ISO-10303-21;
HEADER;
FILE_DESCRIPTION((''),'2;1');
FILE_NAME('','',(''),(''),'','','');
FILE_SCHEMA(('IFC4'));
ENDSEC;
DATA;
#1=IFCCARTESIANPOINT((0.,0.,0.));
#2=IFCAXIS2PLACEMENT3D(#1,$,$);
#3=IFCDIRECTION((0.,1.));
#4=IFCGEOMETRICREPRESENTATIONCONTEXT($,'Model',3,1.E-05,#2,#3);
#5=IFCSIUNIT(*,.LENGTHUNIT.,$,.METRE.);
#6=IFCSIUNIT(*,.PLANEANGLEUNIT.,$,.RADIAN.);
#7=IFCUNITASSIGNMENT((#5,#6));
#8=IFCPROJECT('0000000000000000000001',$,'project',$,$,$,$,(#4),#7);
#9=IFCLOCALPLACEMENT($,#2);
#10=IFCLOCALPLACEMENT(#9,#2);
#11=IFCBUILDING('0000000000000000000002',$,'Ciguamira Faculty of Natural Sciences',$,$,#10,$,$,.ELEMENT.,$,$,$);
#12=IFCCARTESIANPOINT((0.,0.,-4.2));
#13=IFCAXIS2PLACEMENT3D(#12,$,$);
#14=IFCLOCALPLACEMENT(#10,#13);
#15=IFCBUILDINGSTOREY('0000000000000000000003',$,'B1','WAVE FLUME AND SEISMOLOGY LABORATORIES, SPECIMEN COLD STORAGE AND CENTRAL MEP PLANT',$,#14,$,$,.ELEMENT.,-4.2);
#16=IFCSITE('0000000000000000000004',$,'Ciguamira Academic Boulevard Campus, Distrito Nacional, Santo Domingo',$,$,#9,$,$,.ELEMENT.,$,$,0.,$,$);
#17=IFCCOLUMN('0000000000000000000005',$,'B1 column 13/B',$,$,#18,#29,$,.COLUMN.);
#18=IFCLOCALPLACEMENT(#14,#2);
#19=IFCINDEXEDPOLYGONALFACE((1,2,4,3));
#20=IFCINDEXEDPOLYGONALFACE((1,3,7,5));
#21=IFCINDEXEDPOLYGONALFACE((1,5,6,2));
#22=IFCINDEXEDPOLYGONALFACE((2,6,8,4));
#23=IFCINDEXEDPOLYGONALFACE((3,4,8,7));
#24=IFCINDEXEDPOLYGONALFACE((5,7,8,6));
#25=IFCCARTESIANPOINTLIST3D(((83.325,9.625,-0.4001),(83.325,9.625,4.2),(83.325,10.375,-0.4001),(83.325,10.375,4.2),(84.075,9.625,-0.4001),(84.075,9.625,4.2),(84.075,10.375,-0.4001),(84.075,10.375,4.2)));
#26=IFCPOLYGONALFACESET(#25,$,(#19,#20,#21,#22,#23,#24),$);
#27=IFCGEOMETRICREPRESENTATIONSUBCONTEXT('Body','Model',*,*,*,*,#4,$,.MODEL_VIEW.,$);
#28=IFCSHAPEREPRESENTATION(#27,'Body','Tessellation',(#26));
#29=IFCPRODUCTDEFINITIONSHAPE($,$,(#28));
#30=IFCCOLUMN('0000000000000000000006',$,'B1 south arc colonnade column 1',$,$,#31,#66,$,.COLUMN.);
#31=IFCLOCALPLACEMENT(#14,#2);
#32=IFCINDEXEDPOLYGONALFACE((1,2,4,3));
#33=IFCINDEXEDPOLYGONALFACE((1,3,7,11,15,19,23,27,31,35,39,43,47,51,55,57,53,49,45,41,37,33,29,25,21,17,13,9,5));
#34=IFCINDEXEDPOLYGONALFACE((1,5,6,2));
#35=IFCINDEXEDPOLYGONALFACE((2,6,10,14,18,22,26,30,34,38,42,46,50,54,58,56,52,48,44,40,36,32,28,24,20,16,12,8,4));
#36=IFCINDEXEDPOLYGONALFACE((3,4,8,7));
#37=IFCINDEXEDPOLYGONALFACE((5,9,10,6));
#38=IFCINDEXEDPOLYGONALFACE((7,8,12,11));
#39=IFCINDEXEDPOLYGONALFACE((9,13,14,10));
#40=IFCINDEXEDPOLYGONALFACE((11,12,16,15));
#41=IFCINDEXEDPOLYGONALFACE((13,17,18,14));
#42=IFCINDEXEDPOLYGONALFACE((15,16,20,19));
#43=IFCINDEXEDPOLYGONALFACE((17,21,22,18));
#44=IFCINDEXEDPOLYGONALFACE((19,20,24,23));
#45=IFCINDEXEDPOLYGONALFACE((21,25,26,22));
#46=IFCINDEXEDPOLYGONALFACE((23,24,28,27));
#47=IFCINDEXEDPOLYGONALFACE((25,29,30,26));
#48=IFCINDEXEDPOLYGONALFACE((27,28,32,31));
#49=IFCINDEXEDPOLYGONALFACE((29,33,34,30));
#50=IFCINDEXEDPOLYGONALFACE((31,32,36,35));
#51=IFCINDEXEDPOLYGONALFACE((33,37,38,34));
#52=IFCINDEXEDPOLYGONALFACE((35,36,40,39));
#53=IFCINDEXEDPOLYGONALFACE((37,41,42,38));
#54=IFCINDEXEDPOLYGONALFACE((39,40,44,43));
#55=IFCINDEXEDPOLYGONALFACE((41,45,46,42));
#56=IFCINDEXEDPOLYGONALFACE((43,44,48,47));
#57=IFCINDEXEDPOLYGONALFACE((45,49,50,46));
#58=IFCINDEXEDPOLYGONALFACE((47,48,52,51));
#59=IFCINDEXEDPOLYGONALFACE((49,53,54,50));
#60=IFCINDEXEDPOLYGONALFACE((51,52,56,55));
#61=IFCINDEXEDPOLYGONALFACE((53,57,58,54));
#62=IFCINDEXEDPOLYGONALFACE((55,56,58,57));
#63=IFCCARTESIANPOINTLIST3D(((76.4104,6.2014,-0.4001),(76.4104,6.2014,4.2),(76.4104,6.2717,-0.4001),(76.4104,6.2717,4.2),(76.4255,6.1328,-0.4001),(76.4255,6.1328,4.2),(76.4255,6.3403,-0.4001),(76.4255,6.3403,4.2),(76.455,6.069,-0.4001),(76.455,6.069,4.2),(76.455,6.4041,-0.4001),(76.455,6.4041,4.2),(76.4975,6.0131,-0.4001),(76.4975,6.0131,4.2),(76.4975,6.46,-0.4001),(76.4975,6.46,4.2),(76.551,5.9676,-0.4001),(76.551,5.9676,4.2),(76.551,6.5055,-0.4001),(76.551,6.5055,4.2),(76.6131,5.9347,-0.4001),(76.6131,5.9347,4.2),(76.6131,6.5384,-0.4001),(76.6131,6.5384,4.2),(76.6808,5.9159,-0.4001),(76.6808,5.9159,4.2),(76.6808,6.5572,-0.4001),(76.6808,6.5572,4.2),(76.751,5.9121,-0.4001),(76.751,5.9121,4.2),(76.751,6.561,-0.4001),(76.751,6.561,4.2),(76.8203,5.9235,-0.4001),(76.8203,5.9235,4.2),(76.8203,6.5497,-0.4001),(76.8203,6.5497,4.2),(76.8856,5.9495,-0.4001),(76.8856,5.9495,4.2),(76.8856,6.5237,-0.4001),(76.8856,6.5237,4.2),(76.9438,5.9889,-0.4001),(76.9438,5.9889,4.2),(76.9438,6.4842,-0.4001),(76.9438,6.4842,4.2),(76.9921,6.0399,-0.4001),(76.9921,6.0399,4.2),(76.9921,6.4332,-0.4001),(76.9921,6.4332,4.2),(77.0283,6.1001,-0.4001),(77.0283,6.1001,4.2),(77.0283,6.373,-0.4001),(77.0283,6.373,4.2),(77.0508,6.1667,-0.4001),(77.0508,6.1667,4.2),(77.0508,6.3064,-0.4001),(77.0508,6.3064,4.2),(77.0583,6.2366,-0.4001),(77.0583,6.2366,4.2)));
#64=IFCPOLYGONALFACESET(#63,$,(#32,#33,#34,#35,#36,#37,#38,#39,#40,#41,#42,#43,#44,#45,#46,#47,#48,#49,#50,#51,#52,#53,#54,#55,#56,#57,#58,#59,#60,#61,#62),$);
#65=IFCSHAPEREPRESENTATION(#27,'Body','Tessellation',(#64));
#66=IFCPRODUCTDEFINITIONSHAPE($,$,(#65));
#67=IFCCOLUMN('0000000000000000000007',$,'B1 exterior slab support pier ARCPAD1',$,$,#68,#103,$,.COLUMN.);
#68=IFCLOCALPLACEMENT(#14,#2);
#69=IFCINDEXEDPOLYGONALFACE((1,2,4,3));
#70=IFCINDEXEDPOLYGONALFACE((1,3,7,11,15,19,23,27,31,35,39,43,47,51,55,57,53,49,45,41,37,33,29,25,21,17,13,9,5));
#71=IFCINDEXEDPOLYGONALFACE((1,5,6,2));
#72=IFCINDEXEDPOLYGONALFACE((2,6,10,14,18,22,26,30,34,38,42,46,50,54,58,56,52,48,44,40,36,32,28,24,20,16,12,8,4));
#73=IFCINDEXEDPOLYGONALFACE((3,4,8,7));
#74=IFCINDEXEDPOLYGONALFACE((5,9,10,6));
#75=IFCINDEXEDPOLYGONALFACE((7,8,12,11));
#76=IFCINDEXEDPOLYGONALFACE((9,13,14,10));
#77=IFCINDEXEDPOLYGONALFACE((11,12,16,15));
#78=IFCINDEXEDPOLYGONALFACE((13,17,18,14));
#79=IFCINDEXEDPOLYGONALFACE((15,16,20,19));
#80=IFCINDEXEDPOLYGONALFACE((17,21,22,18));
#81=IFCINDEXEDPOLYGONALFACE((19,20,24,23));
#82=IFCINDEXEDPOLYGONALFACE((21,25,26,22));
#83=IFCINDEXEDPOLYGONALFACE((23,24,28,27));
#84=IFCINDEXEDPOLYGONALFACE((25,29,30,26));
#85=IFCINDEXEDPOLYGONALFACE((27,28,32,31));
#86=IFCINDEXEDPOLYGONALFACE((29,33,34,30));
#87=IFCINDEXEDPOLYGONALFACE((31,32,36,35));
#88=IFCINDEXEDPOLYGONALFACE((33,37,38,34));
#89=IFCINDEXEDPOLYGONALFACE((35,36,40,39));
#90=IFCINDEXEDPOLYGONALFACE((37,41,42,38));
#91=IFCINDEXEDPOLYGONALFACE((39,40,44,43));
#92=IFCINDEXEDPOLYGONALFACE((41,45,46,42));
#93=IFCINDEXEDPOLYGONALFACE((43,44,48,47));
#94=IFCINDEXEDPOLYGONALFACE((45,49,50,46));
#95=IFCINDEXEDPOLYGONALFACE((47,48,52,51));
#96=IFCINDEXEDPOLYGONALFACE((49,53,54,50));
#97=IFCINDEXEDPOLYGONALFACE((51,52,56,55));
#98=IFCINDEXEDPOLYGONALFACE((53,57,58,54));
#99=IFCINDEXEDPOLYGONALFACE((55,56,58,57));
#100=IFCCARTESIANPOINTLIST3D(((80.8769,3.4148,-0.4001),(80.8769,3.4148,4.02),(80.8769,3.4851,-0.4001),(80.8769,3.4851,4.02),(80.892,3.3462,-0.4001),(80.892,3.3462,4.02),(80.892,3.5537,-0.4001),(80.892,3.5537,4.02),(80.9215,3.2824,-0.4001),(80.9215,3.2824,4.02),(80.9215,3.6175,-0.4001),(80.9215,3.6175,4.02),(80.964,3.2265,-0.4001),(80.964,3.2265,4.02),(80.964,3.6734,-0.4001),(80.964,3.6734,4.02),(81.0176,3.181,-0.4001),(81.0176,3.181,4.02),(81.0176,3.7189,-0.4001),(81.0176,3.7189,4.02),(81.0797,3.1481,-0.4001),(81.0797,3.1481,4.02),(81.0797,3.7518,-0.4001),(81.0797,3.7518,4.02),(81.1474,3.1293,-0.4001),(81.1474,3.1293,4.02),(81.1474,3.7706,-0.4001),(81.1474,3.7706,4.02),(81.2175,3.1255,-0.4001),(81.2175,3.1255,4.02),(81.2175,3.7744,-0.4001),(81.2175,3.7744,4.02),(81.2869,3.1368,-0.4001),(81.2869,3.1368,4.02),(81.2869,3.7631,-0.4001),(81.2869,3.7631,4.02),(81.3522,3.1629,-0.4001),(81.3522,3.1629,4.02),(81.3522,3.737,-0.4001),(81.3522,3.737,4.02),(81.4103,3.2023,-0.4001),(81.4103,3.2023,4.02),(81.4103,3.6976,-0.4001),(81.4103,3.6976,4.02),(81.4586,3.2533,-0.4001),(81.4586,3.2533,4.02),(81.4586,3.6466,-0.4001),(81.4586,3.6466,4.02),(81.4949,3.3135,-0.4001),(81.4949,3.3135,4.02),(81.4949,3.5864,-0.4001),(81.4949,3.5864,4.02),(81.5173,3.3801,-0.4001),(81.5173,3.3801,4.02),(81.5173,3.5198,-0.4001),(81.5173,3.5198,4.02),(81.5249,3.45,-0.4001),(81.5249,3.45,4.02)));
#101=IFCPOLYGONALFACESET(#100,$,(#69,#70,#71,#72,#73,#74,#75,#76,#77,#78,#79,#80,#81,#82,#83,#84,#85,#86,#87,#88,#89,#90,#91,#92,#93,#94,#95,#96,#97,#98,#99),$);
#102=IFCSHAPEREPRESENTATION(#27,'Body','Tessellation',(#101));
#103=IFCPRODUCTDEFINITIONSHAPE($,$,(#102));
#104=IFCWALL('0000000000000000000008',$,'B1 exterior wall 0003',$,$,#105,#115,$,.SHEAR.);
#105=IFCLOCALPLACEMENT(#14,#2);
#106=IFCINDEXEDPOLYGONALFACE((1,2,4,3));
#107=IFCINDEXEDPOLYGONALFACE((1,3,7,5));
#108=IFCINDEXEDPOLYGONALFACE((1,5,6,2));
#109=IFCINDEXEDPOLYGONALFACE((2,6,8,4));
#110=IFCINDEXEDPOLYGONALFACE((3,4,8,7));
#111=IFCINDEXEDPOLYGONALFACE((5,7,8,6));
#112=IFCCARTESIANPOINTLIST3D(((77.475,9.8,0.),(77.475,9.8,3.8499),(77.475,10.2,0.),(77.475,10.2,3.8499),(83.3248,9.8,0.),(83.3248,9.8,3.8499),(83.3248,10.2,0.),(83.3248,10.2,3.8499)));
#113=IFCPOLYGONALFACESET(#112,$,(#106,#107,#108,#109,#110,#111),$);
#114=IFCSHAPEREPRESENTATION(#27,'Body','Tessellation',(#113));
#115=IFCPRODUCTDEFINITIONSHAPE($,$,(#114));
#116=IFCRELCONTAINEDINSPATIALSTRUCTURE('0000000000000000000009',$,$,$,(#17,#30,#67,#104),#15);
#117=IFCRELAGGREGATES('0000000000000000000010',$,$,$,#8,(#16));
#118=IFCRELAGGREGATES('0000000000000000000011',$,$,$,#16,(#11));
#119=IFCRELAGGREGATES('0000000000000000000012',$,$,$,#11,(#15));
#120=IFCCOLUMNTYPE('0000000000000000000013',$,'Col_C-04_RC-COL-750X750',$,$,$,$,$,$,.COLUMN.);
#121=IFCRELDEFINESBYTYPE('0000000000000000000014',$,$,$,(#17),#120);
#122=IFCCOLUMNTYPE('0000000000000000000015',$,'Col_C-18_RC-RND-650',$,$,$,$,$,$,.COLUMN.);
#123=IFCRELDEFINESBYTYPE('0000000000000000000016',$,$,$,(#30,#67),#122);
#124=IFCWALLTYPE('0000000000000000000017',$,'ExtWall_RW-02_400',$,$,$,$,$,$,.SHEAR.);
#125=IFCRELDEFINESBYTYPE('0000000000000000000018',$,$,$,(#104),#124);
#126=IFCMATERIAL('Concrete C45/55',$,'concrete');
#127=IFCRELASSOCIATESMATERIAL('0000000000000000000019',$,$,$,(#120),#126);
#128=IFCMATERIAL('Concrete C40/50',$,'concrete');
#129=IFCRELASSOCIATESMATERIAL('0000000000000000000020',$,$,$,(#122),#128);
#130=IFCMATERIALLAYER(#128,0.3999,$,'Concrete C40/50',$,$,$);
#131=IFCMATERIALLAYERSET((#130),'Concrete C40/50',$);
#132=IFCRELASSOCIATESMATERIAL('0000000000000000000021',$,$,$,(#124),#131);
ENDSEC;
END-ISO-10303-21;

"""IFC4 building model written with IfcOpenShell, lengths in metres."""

from ifc_helpers import new_model, si_unit, direction, frame, frame_2d, origin, origin_2d, place, context, subcontext, project, spatial, rectangle, circle, extrude, material, layer, layer_set, material_profile, profile_set, type_object, element, save


model = new_model("IFC4")

# Units and contexts
model_context = context("Model", 3, precision=1e-05, world=origin(), true_north=direction((0.0, 1.0)))
body_context = subcontext(model_context, "Body", "Model", "MODEL_VIEW")
ifc_project = project(units=[si_unit("LENGTHUNIT", "METRE"), si_unit("PLANEANGLEUNIT", "RADIAN")], contexts=[model_context])

# Site, building, storey
site_placement = place(None, origin())
site = spatial("IfcSite", under=ifc_project, at=site_placement, Name="Ciguamira Academic Boulevard Campus, Distrito Nacional, Santo Domingo", CompositionType="ELEMENT", RefElevation=0.0)
building_placement = place(site_placement, origin())
building = spatial("IfcBuilding", under=site, at=building_placement, Name="Ciguamira Faculty of Natural Sciences", CompositionType="ELEMENT")
storey_placement = place(building_placement, frame((0.0, 0.0, -4.2)))
storey = spatial("IfcBuildingStorey", under=building, at=storey_placement, Name="B1", Description="WAVE FLUME AND SEISMOLOGY LABORATORIES, SPECIMEN COLD STORAGE AND CENTRAL MEP PLANT", CompositionType="ELEMENT", Elevation=-4.2)

# Columns
ifc_material_1 = material(Name="Concrete C45/55", Category="concrete")
ifc_material_profile_1 = material_profile(ifc_material_1, rectangle(XDim=0.75, YDim=0.75, at=origin_2d()), Name="RC-COL-750X750")
ifc_profile_set_1 = profile_set([ifc_material_profile_1], Name="Concrete C45/55")
column_type_1 = type_object("IfcColumnType", Name="Col_C-04_RC-COL-750X750", PredefinedType="COLUMN", material=ifc_profile_set_1)
for number, where, z_axis, x_axis, name in (
    (1, (83.7, 10.0, -0.4001), (0.0, 0.0, 1.0), (1.0, 0.0, 0.0), "B1 column 13/B"),
):
    element("IfcColumn", number, at=place(storey_placement, frame(where, z_axis=z_axis, x_axis=x_axis)), inside=storey, type_object=column_type_1, Name=name, PredefinedType="COLUMN", context=body_context, shape_type="SweptSolid", body=[
        extrude(rectangle(XDim=0.75, YDim=0.75, at=origin_2d()), origin(), (0.0, 0.0, 1.0), 4.6001),
    ])
ifc_material_2 = material(Name="Concrete C40/50", Category="concrete")
ifc_material_profile_2 = material_profile(ifc_material_2, circle(Radius=0.325, at=origin_2d()), Name="RC-RND-650")
ifc_profile_set_2 = profile_set([ifc_material_profile_2], Name="Concrete C40/50")
column_type_2 = type_object("IfcColumnType", Name="Col_C-18_RC-RND-650", PredefinedType="COLUMN", material=ifc_profile_set_2)
column_1_placement = place(storey_placement, frame((76.7334, 6.2366, -0.4001), z_axis=(0.0, 0.0, 1.0), x_axis=(1.0, 0.0, 0.0)))
element("IfcColumn", 2, at=column_1_placement, inside=storey, type_object=column_type_2, Name="B1 south arc colonnade column 1", PredefinedType="COLUMN", context=body_context, shape_type="SweptSolid", body=[
    extrude(circle(Radius=0.325, at=origin_2d()), origin(), (0.0, 0.0, 1.0), 4.6001),
])
column_2_placement = place(storey_placement, frame((81.2, 3.45, -0.4001), z_axis=(0.0, 0.0, 1.0), x_axis=(1.0, 0.0, 0.0)))
element("IfcColumn", 3, at=column_2_placement, inside=storey, type_object=column_type_2, Name="B1 exterior slab support pier ARCPAD1", PredefinedType="COLUMN", context=body_context, shape_type="SweptSolid", body=[
    extrude(circle(Radius=0.325, at=origin_2d()), origin(), (0.0, 0.0, 1.0), 4.4202),
])

# Wall
ifc_layer = layer(ifc_material_2, 0.3999, Name="Concrete C40/50")
ifc_layer_set = layer_set([ifc_layer], Name="Concrete C40/50")
wall_type = type_object("IfcWallType", Name="ExtWall_RW-02_400", PredefinedType="SHEAR", material=ifc_layer_set)
wall_placement = place(storey_placement, frame((77.4751, 10.0, 0.0), z_axis=(0.0, 0.0, 1.0), x_axis=(1.0, 0.0, 0.0)))
element("IfcWall", 4, at=wall_placement, inside=storey, type_object=wall_type, Name="B1 exterior wall 0003", PredefinedType="SHEAR", context=body_context, shape_type="SweptSolid", body=[
    extrude(rectangle(XDim=5.8499, YDim=0.3999, at=frame_2d((2.9248, 0.0))), origin(), (0.0, 0.0, 1.0), 3.8499),
])

save(model, "model.ifc")
